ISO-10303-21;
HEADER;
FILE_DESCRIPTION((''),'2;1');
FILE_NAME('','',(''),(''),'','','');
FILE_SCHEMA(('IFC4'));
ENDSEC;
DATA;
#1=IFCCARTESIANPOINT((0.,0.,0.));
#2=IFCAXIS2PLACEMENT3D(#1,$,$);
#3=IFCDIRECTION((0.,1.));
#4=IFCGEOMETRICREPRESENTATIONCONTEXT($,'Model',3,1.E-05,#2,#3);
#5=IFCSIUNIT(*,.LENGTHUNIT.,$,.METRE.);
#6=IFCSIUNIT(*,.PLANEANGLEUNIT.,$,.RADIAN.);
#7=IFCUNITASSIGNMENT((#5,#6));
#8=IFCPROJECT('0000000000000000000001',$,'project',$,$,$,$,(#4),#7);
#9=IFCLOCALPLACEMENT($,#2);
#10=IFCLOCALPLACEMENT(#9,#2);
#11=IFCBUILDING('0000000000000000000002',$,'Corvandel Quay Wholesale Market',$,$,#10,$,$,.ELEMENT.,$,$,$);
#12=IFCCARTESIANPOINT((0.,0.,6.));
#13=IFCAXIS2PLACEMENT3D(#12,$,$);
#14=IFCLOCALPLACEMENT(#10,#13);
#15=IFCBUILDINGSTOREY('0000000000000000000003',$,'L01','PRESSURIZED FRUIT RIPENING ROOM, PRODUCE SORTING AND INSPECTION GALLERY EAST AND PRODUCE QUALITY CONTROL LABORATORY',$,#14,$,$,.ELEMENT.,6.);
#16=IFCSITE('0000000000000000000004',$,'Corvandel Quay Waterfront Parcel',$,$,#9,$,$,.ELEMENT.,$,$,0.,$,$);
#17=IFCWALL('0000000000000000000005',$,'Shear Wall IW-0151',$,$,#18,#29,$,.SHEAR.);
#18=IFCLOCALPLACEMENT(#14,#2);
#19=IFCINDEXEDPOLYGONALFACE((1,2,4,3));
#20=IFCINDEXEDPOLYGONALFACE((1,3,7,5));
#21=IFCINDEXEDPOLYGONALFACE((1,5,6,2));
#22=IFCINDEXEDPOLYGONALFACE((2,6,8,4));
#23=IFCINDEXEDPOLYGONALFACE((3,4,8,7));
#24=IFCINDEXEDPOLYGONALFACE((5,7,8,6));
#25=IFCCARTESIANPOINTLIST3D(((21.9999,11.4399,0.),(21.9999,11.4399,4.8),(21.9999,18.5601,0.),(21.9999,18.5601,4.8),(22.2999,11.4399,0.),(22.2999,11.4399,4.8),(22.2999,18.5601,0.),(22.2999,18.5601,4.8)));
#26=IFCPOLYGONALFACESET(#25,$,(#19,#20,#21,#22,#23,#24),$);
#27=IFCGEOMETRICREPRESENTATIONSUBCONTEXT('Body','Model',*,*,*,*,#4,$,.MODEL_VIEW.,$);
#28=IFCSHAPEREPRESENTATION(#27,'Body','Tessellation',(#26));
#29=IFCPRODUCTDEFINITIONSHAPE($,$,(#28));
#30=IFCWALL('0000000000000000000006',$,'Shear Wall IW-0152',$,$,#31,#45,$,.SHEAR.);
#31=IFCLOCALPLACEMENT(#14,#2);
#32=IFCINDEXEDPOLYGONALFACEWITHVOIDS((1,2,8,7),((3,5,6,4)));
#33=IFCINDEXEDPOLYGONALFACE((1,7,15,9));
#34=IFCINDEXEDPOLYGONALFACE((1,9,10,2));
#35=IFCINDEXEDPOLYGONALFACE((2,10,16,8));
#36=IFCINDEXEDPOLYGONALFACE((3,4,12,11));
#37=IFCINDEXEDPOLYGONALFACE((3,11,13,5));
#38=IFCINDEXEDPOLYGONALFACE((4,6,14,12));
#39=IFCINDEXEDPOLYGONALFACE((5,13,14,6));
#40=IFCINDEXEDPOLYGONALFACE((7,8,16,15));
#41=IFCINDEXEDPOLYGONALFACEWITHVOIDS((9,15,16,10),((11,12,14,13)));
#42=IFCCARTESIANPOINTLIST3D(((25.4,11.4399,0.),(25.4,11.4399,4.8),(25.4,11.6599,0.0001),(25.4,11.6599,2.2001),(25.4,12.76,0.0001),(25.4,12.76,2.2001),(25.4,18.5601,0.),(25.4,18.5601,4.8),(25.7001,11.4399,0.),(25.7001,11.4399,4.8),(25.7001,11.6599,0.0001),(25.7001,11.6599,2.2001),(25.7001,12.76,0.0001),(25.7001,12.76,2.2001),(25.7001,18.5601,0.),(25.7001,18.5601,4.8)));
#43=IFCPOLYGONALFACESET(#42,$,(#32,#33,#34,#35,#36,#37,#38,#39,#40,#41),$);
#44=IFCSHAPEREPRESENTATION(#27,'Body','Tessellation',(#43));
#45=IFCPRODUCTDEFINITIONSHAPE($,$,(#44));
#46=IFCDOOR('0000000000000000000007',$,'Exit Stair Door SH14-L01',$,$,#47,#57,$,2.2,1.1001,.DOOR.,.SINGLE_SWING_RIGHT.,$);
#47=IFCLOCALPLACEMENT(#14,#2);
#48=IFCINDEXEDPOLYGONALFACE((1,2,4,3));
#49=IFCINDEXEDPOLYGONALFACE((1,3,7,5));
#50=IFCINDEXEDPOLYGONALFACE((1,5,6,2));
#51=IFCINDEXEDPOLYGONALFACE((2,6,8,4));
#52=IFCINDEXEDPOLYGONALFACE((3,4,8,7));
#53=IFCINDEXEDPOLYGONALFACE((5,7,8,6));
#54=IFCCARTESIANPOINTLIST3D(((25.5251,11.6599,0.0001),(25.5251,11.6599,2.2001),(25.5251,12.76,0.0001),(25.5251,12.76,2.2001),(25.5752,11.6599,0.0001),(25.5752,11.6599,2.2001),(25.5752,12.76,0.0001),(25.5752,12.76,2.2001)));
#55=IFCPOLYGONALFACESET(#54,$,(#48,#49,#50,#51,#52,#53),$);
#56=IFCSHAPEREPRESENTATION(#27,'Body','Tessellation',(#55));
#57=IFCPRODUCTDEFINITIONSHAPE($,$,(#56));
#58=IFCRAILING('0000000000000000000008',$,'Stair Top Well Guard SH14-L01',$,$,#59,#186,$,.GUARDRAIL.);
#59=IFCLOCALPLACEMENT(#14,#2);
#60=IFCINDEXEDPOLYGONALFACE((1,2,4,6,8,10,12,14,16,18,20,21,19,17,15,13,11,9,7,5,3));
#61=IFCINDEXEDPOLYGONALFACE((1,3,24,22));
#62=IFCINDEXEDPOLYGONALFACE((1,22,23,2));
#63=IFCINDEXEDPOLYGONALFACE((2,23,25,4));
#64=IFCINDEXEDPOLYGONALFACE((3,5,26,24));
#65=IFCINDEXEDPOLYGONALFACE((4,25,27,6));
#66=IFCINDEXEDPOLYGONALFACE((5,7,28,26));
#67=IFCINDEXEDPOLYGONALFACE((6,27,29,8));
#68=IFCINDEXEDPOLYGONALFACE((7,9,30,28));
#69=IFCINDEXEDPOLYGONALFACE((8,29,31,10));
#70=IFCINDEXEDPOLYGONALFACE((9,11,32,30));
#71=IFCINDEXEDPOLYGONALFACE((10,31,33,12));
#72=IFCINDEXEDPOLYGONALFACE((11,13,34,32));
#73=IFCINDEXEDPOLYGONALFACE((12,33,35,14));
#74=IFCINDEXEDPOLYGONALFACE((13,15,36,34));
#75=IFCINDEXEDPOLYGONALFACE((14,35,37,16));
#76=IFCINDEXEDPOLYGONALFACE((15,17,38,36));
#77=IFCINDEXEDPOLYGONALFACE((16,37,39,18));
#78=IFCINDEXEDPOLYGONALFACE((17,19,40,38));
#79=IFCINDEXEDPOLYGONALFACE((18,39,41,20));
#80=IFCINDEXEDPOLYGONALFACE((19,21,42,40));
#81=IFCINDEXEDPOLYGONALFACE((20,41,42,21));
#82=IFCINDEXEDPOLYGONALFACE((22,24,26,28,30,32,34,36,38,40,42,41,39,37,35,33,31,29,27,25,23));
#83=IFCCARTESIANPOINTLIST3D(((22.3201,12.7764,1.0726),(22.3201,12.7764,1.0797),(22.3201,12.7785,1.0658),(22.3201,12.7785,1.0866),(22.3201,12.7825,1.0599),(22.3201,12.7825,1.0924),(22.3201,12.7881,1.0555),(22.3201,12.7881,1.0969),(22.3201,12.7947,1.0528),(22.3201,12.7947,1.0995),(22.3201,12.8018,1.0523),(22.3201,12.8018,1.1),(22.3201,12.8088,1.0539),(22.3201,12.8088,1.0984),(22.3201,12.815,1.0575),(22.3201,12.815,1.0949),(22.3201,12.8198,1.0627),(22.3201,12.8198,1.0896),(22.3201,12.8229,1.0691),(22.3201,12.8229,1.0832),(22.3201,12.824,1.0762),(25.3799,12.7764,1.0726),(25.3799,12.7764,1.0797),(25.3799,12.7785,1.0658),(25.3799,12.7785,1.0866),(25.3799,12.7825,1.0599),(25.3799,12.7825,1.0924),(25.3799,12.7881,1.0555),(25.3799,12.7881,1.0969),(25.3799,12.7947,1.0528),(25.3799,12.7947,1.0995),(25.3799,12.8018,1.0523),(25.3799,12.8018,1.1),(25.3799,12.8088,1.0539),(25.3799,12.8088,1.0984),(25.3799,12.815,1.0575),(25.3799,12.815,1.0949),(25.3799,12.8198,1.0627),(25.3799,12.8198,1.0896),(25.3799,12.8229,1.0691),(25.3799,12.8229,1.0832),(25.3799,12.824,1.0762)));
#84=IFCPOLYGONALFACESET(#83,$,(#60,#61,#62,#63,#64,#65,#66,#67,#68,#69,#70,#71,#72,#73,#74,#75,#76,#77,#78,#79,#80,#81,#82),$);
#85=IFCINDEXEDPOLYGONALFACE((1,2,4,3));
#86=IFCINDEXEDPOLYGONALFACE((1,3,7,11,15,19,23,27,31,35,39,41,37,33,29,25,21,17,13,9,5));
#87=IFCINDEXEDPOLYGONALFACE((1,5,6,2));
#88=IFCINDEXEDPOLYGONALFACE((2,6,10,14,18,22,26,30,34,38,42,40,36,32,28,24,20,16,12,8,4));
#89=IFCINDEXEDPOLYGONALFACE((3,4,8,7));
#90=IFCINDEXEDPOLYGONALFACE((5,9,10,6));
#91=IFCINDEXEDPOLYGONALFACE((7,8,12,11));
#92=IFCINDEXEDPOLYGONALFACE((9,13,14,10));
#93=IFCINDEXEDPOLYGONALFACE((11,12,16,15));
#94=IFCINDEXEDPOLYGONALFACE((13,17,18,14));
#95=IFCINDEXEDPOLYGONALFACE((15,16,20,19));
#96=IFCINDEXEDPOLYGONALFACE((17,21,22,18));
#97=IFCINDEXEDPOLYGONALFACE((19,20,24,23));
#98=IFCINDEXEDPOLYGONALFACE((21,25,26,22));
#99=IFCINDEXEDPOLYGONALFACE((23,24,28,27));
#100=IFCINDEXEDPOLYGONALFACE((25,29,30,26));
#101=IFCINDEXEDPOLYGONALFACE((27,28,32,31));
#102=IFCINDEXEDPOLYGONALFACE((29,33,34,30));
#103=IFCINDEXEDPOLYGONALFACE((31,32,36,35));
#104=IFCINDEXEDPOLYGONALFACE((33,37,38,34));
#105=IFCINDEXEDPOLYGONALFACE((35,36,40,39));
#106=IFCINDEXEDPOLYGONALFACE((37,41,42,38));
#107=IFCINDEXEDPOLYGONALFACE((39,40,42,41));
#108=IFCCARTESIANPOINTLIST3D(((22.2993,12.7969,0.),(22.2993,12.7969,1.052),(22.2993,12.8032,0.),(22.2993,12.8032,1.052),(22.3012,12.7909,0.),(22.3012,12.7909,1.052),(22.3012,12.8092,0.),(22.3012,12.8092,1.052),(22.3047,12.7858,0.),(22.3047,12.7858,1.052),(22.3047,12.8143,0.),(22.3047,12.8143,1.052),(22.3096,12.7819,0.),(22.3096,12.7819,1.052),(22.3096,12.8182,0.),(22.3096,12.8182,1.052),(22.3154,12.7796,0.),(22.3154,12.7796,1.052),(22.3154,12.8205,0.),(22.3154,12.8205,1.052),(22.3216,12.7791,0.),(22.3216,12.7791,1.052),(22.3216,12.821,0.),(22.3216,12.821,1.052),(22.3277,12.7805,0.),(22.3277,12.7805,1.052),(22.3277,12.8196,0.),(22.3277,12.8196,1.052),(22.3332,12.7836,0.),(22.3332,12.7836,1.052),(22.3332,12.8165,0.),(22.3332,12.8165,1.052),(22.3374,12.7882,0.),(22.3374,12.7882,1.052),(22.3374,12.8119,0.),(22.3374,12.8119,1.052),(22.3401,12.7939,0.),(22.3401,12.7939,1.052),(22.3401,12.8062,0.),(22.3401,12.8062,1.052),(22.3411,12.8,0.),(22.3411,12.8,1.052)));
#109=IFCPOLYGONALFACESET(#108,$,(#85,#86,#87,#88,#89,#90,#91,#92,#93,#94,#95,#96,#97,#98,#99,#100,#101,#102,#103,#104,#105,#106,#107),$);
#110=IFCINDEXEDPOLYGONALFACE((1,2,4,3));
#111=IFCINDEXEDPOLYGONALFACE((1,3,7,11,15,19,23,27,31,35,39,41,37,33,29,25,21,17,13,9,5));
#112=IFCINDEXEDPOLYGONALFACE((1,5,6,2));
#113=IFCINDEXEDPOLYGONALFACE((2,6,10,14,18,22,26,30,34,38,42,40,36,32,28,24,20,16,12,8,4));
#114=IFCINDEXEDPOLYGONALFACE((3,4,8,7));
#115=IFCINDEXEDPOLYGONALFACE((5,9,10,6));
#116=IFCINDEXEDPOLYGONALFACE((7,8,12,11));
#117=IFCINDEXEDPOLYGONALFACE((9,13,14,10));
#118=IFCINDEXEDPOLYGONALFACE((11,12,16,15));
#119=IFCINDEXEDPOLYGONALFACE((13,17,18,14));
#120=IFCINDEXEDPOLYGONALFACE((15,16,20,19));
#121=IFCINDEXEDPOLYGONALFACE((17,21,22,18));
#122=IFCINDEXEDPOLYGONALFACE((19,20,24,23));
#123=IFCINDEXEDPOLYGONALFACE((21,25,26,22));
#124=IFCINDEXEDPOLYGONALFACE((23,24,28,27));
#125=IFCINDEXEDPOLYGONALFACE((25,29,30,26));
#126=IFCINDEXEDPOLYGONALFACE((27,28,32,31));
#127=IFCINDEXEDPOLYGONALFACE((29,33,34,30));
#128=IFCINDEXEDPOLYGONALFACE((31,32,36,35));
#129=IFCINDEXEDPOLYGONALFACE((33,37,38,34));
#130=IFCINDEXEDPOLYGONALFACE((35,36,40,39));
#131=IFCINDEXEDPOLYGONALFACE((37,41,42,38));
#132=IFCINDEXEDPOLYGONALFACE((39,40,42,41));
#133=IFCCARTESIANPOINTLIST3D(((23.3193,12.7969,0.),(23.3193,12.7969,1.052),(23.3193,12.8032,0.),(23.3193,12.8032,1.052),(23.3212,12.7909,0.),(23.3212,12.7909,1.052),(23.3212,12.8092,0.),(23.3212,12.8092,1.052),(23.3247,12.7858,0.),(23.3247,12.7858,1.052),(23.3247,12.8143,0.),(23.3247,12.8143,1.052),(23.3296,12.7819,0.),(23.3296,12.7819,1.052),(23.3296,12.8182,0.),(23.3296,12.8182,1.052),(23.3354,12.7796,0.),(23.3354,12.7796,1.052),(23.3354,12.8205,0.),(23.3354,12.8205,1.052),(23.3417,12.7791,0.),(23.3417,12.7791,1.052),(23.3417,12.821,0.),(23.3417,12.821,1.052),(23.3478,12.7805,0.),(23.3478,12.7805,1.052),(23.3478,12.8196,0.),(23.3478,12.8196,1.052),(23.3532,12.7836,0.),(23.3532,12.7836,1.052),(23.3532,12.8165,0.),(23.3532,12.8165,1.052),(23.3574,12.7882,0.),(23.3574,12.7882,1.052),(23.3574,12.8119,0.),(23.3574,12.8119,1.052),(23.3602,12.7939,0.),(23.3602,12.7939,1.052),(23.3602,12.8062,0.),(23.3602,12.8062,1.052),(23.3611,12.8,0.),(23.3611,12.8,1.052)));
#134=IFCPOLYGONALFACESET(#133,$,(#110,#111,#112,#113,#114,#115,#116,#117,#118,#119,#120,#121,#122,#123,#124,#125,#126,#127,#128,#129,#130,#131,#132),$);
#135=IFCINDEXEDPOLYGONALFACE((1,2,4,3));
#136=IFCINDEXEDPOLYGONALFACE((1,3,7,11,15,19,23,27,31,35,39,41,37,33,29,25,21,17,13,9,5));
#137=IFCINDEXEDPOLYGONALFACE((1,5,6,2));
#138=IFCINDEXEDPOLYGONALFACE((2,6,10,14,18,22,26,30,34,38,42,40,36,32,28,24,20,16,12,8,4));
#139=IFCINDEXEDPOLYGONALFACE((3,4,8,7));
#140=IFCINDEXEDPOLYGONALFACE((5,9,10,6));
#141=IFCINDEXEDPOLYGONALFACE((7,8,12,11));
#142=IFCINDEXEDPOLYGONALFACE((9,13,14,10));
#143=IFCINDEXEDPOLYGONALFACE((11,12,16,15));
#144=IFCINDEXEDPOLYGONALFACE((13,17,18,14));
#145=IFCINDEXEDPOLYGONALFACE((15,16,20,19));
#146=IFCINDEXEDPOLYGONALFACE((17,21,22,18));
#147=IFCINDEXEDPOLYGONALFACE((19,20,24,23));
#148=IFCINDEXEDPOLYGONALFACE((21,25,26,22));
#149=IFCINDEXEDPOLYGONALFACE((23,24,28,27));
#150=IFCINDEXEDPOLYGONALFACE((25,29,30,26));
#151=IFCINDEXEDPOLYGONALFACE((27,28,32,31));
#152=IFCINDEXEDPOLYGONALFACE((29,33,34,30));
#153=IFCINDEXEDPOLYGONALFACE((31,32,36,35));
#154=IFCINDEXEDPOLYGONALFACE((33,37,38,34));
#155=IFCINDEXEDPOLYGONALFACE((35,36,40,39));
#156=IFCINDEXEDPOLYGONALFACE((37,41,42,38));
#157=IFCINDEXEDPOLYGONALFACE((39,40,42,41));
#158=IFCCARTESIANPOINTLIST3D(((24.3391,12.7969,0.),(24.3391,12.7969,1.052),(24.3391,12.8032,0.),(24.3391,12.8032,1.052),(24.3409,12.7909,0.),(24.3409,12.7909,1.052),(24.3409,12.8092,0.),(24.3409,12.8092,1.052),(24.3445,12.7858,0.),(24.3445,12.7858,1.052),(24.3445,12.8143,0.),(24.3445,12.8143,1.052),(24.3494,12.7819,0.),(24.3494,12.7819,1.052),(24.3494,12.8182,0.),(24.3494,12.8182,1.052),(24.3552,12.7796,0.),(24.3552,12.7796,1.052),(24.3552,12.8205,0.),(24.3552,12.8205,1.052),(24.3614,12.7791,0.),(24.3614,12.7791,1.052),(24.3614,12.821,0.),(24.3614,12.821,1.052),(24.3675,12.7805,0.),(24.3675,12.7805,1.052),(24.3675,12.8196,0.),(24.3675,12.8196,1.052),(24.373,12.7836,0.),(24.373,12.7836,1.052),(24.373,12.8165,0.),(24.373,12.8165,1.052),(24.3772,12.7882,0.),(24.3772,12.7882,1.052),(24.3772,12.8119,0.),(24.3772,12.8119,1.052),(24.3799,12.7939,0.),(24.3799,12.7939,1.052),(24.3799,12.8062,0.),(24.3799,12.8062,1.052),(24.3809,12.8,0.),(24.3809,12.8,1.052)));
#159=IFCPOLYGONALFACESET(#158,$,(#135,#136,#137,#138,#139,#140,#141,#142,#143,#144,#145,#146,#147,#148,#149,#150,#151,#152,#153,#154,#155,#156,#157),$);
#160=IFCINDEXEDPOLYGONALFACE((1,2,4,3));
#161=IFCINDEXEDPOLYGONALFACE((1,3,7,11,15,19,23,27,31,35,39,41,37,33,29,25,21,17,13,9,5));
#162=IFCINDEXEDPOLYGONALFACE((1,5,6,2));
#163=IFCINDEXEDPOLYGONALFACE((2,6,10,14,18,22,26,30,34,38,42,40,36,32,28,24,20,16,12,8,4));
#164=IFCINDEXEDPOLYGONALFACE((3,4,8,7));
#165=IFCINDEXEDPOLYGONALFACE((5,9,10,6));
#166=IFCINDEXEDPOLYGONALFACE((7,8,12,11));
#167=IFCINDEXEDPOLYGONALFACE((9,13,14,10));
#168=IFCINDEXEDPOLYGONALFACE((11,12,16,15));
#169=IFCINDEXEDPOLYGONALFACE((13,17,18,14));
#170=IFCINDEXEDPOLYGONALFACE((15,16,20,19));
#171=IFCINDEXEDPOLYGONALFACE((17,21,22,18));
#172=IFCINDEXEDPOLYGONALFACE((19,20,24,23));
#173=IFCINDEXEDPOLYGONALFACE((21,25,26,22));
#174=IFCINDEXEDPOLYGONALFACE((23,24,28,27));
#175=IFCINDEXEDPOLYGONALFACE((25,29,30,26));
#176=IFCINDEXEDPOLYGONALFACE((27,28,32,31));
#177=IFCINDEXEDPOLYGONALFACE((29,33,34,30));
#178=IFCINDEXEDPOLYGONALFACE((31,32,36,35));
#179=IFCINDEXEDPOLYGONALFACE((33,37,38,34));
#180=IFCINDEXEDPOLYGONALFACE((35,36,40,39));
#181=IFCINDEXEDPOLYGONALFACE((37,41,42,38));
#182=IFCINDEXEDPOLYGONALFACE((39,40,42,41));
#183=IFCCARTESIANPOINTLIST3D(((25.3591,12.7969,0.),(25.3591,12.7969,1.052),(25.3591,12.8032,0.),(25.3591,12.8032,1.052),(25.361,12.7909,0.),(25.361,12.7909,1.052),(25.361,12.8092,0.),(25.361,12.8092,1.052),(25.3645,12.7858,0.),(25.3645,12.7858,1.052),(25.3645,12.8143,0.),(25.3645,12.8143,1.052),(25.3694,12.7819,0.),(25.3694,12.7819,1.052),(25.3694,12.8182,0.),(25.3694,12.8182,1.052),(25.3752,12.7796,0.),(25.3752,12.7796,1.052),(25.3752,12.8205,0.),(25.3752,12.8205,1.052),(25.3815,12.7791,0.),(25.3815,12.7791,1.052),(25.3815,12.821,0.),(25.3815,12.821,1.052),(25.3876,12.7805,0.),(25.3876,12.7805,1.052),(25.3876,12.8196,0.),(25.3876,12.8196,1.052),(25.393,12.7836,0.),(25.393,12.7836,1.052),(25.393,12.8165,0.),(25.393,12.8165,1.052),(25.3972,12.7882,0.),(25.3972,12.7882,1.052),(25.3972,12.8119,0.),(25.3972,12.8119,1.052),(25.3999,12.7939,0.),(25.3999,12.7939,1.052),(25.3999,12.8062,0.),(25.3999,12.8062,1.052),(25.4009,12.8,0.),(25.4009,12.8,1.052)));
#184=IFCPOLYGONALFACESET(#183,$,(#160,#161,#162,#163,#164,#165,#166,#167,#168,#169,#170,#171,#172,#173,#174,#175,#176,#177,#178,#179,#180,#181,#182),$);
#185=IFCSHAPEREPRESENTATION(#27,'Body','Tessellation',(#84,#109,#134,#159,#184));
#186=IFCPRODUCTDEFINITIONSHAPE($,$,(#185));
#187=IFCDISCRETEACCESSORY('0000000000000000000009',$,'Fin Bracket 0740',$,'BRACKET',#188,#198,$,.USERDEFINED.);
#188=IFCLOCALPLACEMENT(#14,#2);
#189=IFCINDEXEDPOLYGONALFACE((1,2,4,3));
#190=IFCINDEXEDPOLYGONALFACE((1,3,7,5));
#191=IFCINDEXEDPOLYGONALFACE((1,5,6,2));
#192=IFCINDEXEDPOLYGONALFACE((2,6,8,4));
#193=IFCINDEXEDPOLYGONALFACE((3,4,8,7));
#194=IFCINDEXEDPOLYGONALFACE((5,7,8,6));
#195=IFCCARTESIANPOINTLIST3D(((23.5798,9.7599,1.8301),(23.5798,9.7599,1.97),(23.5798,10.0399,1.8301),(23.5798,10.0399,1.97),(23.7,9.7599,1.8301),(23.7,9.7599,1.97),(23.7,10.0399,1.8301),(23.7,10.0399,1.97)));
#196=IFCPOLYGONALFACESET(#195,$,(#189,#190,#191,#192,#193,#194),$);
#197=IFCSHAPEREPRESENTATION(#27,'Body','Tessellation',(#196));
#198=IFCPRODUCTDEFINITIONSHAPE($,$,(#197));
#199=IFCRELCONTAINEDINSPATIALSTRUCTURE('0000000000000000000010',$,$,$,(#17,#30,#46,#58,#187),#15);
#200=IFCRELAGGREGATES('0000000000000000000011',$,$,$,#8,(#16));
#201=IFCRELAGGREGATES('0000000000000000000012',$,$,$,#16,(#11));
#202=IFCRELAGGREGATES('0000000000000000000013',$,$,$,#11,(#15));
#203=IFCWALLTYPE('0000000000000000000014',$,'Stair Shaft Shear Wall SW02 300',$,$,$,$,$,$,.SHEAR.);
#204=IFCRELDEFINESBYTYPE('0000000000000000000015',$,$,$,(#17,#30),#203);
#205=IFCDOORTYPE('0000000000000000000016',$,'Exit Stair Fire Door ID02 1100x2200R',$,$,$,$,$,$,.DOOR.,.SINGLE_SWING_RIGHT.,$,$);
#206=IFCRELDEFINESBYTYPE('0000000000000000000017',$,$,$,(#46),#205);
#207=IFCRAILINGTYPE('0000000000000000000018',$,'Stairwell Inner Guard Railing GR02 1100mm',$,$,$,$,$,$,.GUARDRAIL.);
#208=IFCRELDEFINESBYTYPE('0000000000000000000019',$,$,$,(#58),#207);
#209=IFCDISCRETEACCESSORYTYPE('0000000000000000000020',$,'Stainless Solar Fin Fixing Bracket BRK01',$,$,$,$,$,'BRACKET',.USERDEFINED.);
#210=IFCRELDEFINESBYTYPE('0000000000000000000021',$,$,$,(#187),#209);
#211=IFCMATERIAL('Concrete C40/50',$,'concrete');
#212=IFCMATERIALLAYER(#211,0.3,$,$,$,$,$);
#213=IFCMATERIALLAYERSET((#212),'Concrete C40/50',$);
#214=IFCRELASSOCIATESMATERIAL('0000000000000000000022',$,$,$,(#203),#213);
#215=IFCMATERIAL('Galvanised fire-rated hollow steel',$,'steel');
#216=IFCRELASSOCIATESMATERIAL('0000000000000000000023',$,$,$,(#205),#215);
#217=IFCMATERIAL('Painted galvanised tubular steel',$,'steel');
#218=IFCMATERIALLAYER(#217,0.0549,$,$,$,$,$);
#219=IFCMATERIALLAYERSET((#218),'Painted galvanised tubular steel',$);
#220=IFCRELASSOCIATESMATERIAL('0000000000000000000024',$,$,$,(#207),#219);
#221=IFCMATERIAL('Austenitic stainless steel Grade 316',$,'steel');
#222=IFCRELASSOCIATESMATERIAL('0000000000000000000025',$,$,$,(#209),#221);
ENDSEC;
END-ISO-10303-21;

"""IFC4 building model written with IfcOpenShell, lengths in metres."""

from ifc_helpers import new_model, si_unit, direction, frame, frame_2d, origin, origin_2d, place, context, subcontext, project, spatial, rectangle, circle, extrude, material, layer, layer_set, type_object, element, fill, save


model = new_model("IFC4")

# Units and contexts
model_context = context("Model", 3, precision=1e-05, world=origin(), true_north=direction((0.0, 1.0)))
body_context = subcontext(model_context, "Body", "Model", "MODEL_VIEW")
ifc_project = project(units=[si_unit("LENGTHUNIT", "METRE"), si_unit("PLANEANGLEUNIT", "RADIAN")], contexts=[model_context])

# Site, building, storey
site_placement = place(None, origin())
site = spatial("IfcSite", under=ifc_project, at=site_placement, Name="Corvandel Quay Waterfront Parcel", CompositionType="ELEMENT", RefElevation=0.0)
building_placement = place(site_placement, origin())
building = spatial("IfcBuilding", under=site, at=building_placement, Name="Corvandel Quay Wholesale Market", CompositionType="ELEMENT")
storey_placement = place(building_placement, frame((0.0, 0.0, 6.0)))
storey = spatial("IfcBuildingStorey", under=building, at=storey_placement, Name="L01", Description="PRESSURIZED FRUIT RIPENING ROOM, PRODUCE SORTING AND INSPECTION GALLERY EAST AND PRODUCE QUALITY CONTROL LABORATORY", CompositionType="ELEMENT", Elevation=6.0)

# Wall
ifc_material_1 = material(Name="Concrete C40/50", Category="concrete")
ifc_layer_1 = layer(ifc_material_1, 0.3)
ifc_layer_set_1 = layer_set([ifc_layer_1], Name="Concrete C40/50")
wall_type_1 = type_object("IfcWallType", Name="Stair Shaft Shear Wall SW02 300", PredefinedType="SHEAR", material=ifc_layer_set_1)
wall_1_placement = place(storey_placement, frame((22.1499, 11.4399, 0.0), z_axis=(0.0, 0.0, 1.0), x_axis=(0.0, 1.0, 0.0)))
element("IfcWall", 1, at=wall_1_placement, inside=storey, type_object=wall_type_1, Name="Shear Wall IW-0151", PredefinedType="SHEAR", context=body_context, shape_type="SweptSolid", body=[
    extrude(rectangle(XDim=7.1201, YDim=0.3, at=frame_2d((3.5601, 0.0))), origin(), (0.0, 0.0, 1.0), 4.8),
])

# Wall, opening, door
wall_2_placement = place(storey_placement, frame((25.55, 11.4399, 0.0), z_axis=(0.0, 0.0, 1.0), x_axis=(0.0, 1.0, 0.0)))
wall_2 = element("IfcWall", 2, at=wall_2_placement, inside=storey, type_object=wall_type_1, Name="Shear Wall IW-0152", PredefinedType="SHEAR", context=body_context, shape_type="SweptSolid", body=[
    extrude(rectangle(XDim=7.1201, YDim=0.3, at=frame_2d((3.5601, 0.0))), origin(), (0.0, 0.0, 1.0), 4.8),
])
opening_1_placement = place(wall_2_placement, frame((0.22, 0.0, 0.0)))
opening_1 = element("IfcOpeningElement", 3, at=opening_1_placement, cuts=wall_2, PredefinedType="OPENING", context=body_context, shape_type="SweptSolid", body=[
    extrude(rectangle(XDim=1.1001, YDim=2.2, at=frame_2d((0.55, 1.1001))), frame((0.0, 0.1599, 0.0), z_axis=(0.0, -1.0, 0.0), x_axis=(1.0, 0.0, 0.0)), (0.0, 0.0, 1.0), 0.3201),
])
ifc_material_2 = material(Name="Galvanised fire-rated hollow steel", Category="steel")
door_type_1 = type_object("IfcDoorType", Name="Exit Stair Fire Door ID02 1100x2200R", OperationType="SINGLE_SWING_RIGHT", PredefinedType="DOOR", material=ifc_material_2)
door_1_placement = place(opening_1_placement, origin())
door_1 = element("IfcDoor", 4, at=door_1_placement, inside=storey, type_object=door_type_1, Name="Exit Stair Door SH14-L01", OperationType="SINGLE_SWING_RIGHT", OverallHeight=2.2, OverallWidth=1.1001, PredefinedType="DOOR", context=body_context, shape_type="SweptSolid", body=[
    extrude(rectangle(XDim=1.1001, YDim=2.2, at=frame_2d((0.55, 1.1001))), frame((0.0, 0.0249, 0.0), z_axis=(0.0, -1.0, 0.0), x_axis=(1.0, 0.0, 0.0)), (0.0, 0.0, 1.0), 0.05),
])
fill(opening_1, door_1)

# Railing
ifc_material_3 = material(Name="Painted galvanised tubular steel", Category="steel")
ifc_layer_2 = layer(ifc_material_3, 0.0549)
ifc_layer_set_2 = layer_set([ifc_layer_2], Name="Painted galvanised tubular steel")
railing_type = type_object("IfcRailingType", Name="Stairwell Inner Guard Railing GR02 1100mm", PredefinedType="GUARDRAIL", material=ifc_layer_set_2)
railing_placement = place(storey_placement, frame((22.3201, 12.8, 0.0)))
element("IfcRailing", 5, at=railing_placement, inside=storey, type_object=railing_type, Name="Stair Top Well Guard SH14-L01", PredefinedType="GUARDRAIL", context=body_context, shape_type="SweptSolid", body=[
    extrude(circle(Radius=0.0239, at=origin_2d()), frame((0.0, 0.0, 1.0762), z_axis=(1.0, 0.0, 0.0), x_axis=(0.0, 1.0, 0.0)), (0.0, 0.0, 1.0), 3.0598),
    extrude(circle(Radius=0.021, at=origin_2d()), origin(), (0.0, 0.0, 1.0), 1.052),
    extrude(circle(Radius=0.021, at=origin_2d()), frame((1.02, 0.0, 0.0)), (0.0, 0.0, 1.0), 1.052),
    extrude(circle(Radius=0.021, at=origin_2d()), frame((2.0398, 0.0, 0.0)), (0.0, 0.0, 1.0), 1.052),
    extrude(circle(Radius=0.021, at=origin_2d()), frame((3.0598, 0.0, 0.0)), (0.0, 0.0, 1.0), 1.052),
])

# Discrete accessory
ifc_material_4 = material(Name="Austenitic stainless steel Grade 316", Category="steel")
discrete_accessory_type = type_object("IfcDiscreteAccessoryType", Name="Stainless Solar Fin Fixing Bracket BRK01", ElementType="BRACKET", PredefinedType="USERDEFINED", material=ifc_material_4)
for number, where, z_axis, x_axis, name in (
    (6, (23.6399, 9.8999, 1.8301), (0.0, 0.0, 1.0), (0.0, 1.0, 0.0), "Fin Bracket 0740"),
):
    element("IfcDiscreteAccessory", number, at=place(storey_placement, frame(where, z_axis=z_axis, x_axis=x_axis)), inside=storey, type_object=discrete_accessory_type, Name=name, ObjectType="BRACKET", PredefinedType="USERDEFINED", context=body_context, shape_type="SweptSolid", body=[
        extrude(rectangle(XDim=0.28, YDim=0.1201, at=origin_2d()), origin(), (0.0, 0.0, 1.0), 0.1399),
    ])

save(model, "model.ifc")
